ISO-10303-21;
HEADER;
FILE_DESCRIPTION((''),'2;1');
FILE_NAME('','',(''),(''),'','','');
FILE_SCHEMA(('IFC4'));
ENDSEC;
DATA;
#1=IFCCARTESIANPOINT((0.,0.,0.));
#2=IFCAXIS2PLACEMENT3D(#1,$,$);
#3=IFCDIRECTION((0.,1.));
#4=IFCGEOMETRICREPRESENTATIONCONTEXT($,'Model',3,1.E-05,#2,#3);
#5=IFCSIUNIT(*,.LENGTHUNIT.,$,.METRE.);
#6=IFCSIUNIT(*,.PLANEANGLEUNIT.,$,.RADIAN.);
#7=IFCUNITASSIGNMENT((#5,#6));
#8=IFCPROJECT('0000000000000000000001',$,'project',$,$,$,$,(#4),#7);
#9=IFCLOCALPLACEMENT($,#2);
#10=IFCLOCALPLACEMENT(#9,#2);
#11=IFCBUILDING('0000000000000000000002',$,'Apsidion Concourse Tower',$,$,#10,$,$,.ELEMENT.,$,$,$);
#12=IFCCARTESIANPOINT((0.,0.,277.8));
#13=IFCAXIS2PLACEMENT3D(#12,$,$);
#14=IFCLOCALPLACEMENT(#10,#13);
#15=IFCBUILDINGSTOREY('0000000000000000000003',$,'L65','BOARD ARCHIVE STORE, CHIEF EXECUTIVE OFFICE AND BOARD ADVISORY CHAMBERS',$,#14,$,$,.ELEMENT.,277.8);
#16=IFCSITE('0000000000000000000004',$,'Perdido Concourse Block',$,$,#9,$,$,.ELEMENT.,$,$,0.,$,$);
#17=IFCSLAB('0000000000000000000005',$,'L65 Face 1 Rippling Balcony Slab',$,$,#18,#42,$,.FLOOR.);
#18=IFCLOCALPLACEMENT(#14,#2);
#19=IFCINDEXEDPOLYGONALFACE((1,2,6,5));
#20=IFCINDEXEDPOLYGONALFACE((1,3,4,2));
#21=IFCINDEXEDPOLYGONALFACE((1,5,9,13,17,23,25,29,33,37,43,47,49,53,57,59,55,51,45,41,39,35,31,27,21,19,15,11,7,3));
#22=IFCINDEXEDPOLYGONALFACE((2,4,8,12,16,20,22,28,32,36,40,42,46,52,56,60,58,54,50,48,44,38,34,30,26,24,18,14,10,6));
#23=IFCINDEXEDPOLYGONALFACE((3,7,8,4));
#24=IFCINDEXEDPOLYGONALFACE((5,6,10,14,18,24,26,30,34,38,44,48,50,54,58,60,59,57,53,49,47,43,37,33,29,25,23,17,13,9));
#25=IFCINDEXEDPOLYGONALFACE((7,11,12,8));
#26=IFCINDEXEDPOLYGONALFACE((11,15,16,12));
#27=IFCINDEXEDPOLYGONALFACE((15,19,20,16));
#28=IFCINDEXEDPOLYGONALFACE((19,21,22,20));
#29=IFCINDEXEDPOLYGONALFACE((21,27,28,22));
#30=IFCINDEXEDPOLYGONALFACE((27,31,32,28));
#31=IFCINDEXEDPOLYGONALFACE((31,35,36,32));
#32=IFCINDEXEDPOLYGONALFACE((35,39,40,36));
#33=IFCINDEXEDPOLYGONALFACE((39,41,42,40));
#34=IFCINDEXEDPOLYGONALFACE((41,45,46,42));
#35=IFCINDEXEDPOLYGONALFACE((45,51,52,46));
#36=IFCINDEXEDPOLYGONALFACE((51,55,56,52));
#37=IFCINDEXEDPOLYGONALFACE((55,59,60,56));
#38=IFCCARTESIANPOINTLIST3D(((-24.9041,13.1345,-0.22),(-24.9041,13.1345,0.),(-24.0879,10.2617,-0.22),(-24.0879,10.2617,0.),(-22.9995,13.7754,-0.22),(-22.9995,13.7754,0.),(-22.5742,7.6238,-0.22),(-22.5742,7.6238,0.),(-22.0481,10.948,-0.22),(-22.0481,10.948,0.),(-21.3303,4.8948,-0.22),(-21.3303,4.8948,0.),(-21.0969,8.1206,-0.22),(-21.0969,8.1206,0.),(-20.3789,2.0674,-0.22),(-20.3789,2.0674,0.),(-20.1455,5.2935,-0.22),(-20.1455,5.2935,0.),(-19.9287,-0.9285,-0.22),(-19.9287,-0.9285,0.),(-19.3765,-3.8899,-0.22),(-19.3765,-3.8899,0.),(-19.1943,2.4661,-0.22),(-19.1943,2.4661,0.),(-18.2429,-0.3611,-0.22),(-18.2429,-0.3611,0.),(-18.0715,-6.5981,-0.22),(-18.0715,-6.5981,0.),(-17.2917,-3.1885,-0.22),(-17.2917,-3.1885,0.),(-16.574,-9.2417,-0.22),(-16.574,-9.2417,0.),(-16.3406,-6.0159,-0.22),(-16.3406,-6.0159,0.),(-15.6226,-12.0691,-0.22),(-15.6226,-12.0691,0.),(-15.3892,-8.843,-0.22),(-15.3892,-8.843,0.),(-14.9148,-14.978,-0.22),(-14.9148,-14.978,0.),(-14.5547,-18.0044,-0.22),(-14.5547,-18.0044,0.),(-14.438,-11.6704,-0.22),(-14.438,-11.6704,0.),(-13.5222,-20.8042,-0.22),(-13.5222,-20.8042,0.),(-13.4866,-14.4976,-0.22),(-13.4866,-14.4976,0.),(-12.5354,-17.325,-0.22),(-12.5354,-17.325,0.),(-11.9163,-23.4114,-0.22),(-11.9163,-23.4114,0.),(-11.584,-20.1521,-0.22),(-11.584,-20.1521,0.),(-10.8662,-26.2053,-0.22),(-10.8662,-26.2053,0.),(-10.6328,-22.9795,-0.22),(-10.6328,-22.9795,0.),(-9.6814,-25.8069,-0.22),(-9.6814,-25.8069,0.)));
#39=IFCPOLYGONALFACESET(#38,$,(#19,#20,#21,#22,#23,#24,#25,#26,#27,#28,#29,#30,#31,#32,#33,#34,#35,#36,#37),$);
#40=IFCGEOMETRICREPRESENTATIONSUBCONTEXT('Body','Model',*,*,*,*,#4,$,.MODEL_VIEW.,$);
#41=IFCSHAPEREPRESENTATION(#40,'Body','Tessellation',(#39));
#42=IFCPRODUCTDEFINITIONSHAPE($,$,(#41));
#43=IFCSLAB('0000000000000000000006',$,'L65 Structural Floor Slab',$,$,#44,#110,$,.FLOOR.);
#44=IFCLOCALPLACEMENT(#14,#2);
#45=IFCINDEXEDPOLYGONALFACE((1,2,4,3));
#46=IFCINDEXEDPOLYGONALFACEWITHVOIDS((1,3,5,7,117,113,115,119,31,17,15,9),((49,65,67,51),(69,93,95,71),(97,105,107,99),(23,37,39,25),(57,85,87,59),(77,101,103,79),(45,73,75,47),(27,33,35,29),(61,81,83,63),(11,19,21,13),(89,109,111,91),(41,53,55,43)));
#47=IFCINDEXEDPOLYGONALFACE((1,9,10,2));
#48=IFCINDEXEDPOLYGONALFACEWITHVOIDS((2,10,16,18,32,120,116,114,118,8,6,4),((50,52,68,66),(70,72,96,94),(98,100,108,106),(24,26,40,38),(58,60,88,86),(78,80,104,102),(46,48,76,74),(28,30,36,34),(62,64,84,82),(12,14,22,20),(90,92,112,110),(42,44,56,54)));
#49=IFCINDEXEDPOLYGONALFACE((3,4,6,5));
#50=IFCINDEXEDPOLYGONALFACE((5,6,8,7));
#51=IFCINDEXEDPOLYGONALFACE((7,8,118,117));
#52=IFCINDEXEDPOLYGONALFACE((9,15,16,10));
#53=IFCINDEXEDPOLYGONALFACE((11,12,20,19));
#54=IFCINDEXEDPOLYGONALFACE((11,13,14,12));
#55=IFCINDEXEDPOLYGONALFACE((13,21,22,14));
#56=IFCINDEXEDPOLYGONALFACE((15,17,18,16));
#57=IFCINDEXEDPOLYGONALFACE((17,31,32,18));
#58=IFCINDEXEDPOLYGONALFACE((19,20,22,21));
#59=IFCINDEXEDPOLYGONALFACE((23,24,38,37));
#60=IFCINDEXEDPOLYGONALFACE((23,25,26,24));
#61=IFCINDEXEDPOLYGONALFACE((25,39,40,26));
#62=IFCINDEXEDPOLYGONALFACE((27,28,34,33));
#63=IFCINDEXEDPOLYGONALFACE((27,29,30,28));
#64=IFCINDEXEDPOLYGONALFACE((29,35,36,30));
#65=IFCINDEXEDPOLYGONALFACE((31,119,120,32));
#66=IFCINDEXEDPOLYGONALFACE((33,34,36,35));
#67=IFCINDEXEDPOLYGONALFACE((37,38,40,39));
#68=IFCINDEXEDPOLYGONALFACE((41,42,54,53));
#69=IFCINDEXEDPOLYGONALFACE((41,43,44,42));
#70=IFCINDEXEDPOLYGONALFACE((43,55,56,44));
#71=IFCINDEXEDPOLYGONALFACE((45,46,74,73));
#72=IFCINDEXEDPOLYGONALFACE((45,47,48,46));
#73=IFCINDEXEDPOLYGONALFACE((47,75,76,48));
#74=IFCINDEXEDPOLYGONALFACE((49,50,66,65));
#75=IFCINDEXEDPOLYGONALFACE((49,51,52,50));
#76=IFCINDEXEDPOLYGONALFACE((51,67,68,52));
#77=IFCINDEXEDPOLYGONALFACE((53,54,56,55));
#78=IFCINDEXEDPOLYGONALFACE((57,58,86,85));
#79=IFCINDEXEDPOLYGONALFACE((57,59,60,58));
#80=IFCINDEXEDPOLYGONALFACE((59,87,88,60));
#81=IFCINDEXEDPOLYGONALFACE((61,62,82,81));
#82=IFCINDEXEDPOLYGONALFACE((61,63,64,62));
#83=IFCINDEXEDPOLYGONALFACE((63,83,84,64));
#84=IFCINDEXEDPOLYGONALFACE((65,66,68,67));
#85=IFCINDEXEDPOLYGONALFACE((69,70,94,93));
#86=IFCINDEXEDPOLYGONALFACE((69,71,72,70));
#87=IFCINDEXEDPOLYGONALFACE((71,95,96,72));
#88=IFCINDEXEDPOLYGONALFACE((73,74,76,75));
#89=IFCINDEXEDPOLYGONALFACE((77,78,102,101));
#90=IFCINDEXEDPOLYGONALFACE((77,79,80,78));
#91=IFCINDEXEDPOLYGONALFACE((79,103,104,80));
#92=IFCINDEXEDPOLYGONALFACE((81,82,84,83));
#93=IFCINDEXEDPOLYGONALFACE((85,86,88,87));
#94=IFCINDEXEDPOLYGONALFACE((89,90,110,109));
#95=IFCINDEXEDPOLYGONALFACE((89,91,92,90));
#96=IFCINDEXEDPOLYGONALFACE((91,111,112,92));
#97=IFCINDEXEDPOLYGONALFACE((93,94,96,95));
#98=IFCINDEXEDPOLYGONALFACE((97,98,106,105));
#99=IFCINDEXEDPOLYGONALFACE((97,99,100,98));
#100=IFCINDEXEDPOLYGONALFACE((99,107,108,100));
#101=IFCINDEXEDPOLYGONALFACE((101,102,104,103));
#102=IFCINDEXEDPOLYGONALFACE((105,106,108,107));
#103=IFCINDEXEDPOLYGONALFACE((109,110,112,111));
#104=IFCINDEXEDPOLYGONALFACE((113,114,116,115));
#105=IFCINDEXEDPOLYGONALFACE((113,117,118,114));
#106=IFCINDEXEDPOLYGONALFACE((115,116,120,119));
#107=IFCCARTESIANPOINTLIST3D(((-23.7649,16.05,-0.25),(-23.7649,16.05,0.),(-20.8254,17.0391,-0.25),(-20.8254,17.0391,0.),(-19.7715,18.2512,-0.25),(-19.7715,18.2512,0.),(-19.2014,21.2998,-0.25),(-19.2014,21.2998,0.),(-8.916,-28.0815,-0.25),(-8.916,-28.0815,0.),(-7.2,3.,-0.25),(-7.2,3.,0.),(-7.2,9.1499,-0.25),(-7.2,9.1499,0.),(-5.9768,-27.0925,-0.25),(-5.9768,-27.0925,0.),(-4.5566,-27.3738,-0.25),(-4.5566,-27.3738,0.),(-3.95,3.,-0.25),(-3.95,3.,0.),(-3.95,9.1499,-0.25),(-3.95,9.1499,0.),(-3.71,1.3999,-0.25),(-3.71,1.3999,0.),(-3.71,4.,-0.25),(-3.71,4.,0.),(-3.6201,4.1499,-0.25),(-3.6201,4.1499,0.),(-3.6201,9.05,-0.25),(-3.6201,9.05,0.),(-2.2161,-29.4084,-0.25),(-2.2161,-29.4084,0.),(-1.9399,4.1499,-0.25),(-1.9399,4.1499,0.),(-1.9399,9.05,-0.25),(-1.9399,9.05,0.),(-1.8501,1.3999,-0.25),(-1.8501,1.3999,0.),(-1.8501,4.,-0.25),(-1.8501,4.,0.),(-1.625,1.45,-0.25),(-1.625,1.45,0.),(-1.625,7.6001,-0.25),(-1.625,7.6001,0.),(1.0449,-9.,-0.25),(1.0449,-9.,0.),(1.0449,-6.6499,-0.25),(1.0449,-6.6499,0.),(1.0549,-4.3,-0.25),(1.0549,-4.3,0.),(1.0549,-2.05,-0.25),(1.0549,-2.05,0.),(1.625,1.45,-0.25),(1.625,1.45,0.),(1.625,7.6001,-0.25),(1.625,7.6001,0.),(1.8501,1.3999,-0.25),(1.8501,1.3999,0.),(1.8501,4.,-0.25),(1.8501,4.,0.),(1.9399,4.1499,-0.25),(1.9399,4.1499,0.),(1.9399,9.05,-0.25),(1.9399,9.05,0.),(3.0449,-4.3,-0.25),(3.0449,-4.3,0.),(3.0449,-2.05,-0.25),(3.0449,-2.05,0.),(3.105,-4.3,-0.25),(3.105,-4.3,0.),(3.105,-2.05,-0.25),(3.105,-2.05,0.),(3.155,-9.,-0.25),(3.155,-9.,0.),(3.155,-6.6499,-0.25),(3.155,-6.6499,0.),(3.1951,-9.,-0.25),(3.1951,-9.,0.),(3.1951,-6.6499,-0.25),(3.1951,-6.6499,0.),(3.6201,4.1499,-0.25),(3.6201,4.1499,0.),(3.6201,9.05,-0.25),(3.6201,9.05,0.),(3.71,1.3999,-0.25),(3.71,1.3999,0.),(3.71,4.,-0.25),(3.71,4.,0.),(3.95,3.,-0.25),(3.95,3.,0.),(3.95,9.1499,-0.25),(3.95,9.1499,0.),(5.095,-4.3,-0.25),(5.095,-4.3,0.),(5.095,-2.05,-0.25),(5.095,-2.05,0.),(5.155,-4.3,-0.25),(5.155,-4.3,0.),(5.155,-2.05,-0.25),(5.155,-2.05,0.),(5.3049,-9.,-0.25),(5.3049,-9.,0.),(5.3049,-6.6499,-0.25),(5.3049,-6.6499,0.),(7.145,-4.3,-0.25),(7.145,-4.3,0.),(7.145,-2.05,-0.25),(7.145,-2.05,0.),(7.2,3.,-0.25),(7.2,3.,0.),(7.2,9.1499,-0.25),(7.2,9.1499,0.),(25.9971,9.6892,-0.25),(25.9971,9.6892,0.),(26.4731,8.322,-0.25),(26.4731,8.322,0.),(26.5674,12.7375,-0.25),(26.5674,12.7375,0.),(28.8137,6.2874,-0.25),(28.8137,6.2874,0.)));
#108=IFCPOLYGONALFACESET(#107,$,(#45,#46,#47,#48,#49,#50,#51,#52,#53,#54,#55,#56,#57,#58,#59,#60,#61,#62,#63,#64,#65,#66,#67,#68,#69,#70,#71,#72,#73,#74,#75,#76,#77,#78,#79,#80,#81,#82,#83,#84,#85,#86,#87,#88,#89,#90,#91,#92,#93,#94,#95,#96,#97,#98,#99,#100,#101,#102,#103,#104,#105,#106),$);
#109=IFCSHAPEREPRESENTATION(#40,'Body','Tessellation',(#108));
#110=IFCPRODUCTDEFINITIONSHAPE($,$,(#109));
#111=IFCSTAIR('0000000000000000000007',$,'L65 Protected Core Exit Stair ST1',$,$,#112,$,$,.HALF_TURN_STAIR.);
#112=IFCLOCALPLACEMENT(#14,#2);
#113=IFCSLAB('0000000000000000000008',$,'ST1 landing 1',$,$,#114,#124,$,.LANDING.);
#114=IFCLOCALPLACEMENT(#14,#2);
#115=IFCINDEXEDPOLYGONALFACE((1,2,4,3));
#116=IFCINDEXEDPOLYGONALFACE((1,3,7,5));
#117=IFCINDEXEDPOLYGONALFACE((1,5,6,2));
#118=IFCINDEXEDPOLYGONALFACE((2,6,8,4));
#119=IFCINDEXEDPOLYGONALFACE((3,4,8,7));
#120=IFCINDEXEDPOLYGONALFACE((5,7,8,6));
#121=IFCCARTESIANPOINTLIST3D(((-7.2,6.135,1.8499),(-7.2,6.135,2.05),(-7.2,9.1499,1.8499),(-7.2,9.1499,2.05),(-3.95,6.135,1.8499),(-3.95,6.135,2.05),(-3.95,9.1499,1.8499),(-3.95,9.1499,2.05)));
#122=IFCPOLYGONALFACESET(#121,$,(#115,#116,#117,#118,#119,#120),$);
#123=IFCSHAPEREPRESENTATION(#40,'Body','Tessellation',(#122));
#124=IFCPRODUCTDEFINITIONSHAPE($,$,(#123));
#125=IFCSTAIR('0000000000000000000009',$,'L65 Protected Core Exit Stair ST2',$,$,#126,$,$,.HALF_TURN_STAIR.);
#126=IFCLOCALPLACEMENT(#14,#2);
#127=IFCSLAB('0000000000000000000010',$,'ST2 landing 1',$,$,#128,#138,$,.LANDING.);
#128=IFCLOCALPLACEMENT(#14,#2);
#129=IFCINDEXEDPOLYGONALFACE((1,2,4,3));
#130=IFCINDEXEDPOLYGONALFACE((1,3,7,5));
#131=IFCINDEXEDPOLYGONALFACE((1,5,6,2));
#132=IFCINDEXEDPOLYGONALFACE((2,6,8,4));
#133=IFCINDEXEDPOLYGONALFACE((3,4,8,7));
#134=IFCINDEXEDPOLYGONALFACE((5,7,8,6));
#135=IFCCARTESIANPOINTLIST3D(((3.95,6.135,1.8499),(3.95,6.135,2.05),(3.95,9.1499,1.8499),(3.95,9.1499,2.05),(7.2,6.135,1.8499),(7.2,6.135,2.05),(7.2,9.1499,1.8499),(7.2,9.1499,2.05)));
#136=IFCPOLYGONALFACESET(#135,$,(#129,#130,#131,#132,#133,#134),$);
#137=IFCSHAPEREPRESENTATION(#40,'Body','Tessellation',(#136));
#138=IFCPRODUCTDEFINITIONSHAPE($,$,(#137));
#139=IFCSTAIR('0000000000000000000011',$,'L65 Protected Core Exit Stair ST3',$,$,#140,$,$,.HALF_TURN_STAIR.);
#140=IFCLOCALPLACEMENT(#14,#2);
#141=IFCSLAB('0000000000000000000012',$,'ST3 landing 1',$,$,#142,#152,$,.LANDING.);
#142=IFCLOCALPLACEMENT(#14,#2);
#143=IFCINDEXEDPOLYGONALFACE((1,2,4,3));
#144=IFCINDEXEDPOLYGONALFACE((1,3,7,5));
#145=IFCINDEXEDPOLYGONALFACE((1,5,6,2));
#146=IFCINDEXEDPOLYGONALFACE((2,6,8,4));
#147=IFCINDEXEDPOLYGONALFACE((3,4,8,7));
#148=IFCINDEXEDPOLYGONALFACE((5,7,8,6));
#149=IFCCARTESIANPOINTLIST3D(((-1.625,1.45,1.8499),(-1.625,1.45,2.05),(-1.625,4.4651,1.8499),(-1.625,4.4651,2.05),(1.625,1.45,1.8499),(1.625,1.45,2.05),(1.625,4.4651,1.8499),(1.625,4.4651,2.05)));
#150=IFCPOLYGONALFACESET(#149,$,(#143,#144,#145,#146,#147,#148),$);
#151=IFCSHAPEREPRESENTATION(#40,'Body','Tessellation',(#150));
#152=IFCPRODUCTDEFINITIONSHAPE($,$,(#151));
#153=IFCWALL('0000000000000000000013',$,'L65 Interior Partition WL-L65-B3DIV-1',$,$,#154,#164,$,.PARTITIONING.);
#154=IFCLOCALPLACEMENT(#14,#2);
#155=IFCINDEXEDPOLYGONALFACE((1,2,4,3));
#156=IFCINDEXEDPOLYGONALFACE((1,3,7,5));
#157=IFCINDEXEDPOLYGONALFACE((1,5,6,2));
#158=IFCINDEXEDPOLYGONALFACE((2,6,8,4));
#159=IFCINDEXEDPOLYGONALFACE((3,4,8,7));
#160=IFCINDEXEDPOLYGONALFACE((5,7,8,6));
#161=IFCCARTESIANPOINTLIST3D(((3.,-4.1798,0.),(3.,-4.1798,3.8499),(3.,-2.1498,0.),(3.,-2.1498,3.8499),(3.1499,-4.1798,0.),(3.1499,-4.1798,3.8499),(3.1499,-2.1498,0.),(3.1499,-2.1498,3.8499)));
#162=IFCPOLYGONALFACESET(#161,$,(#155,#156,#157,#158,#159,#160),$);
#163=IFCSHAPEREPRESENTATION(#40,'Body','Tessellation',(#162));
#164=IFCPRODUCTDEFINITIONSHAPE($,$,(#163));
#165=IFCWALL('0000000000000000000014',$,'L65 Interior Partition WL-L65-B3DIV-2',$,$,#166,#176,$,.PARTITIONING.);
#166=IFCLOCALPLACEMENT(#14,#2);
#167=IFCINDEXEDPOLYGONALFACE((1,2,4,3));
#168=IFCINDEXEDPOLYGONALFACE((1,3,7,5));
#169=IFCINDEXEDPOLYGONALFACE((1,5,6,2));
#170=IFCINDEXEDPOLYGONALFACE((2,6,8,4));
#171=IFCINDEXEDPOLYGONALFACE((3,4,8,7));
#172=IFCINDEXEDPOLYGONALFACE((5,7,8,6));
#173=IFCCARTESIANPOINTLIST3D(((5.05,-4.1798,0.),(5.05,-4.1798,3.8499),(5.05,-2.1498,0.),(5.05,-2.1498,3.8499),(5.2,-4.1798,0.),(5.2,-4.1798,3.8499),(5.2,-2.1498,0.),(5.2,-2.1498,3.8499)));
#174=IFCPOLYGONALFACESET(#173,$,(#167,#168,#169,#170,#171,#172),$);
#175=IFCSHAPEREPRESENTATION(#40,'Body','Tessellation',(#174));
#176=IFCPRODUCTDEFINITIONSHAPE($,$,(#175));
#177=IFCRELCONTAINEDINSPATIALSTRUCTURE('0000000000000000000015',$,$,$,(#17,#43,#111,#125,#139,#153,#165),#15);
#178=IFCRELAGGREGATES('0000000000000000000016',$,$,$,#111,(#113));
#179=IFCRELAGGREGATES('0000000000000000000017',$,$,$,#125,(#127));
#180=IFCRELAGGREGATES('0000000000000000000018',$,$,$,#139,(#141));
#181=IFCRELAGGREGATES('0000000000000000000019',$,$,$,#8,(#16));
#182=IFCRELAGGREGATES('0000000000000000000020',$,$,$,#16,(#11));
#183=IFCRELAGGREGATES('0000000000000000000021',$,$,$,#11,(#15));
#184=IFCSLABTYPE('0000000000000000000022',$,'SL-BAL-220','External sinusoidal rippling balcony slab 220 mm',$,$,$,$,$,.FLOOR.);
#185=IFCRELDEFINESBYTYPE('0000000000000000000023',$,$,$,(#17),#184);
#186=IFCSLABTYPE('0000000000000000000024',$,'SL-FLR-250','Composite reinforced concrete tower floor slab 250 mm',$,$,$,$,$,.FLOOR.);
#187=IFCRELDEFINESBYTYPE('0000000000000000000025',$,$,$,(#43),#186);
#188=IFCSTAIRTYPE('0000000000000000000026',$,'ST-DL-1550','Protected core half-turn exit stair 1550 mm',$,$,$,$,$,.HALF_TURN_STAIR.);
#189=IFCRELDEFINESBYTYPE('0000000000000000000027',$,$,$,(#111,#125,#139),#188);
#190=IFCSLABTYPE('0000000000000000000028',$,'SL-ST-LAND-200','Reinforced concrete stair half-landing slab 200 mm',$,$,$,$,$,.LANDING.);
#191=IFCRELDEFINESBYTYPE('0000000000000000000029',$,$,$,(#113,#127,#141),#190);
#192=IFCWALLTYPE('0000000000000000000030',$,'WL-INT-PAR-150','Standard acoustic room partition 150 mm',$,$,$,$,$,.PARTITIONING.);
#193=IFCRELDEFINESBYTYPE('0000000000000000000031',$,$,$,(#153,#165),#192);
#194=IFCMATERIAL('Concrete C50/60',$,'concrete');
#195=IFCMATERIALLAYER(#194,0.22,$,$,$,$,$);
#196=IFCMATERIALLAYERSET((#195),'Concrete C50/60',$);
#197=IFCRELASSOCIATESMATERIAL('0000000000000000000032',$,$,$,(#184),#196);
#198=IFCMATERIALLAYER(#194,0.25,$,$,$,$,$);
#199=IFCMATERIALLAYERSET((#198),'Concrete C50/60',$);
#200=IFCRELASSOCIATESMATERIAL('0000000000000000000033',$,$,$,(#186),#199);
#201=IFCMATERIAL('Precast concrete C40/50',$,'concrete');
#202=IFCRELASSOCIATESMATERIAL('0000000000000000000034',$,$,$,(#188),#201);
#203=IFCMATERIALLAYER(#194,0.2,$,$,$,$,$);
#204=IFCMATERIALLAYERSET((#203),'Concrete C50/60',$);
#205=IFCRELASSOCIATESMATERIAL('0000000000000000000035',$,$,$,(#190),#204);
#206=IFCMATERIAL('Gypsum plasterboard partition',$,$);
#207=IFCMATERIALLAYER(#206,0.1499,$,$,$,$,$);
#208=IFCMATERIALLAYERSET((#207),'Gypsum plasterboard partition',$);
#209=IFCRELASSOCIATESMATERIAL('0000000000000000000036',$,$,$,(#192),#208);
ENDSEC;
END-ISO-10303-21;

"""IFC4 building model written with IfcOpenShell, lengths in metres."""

from ifc_helpers import new_model, si_unit, direction, frame, frame_2d, origin, place, context, subcontext, project, spatial, polyline, rectangle, outline, extrude, material, layer, layer_set, type_object, element, aggregate, save


model = new_model("IFC4")

# Units and contexts
model_context = context("Model", 3, precision=1e-05, world=origin(), true_north=direction((0.0, 1.0)))
body_context = subcontext(model_context, "Body", "Model", "MODEL_VIEW")
ifc_project = project(units=[si_unit("LENGTHUNIT", "METRE"), si_unit("PLANEANGLEUNIT", "RADIAN")], contexts=[model_context])

# Site, building, storey
site_placement = place(None, origin())
site = spatial("IfcSite", under=ifc_project, at=site_placement, Name="Perdido Concourse Block", CompositionType="ELEMENT", RefElevation=0.0)
building_placement = place(site_placement, origin())
building = spatial("IfcBuilding", under=site, at=building_placement, Name="Apsidion Concourse Tower", CompositionType="ELEMENT")
storey_placement = place(building_placement, frame((0.0, 0.0, 277.8)))
storey = spatial("IfcBuildingStorey", under=building, at=storey_placement, Name="L65", Description="BOARD ARCHIVE STORE, CHIEF EXECUTIVE OFFICE AND BOARD ADVISORY CHAMBERS", CompositionType="ELEMENT", Elevation=277.8)

# Shared definitions
ifc_material_1 = material(Name="Concrete C50/60", Category="concrete")

# Slabs
ifc_layer_1 = layer(ifc_material_1, 0.22)
ifc_layer_set_1 = layer_set([ifc_layer_1], Name="Concrete C50/60")
slab_type_1 = type_object("IfcSlabType", Name="SL-BAL-220", Description="External sinusoidal rippling balcony slab 220 mm", PredefinedType="FLOOR", material=ifc_layer_set_1)
slab_1_placement = place(storey_placement, frame((0.0, 0.0, -0.22)))
element("IfcSlab", 1, at=slab_1_placement, inside=storey, type_object=slab_type_1, Name="L65 Face 1 Rippling Balcony Slab", PredefinedType="FLOOR", context=body_context, shape_type="SweptSolid", body=[
    extrude(outline(polyline([(-22.9995, 13.7754), (-22.0481, 10.948), (-21.0969, 8.1206), (-20.1455, 5.2935), (-19.1943, 2.4661), (-18.2429, -0.3611), (-17.2917, -3.1885), (-16.3406, -6.0159), (-15.3892, -8.843), (-14.438, -11.6704), (-13.4866, -14.4976), (-12.5354, -17.325), (-11.584, -20.1521), (-10.6328, -22.9795), (-9.6814, -25.8069), (-10.8662, -26.2053), (-11.9163, -23.4114), (-13.5222, -20.8042), (-14.5547, -18.0044), (-14.9148, -14.978), (-15.6226, -12.0691), (-16.574, -9.2417), (-18.0715, -6.5981), (-19.3765, -3.8899), (-19.9287, -0.9285), (-20.3789, 2.0674), (-21.3303, 4.8948), (-22.5742, 7.6238), (-24.0879, 10.2617), (-24.9041, 13.1345), (-22.9995, 13.7754)])), origin(), (0.0, 0.0, 1.0), 0.22),
])
ifc_layer_2 = layer(ifc_material_1, 0.25)
ifc_layer_set_2 = layer_set([ifc_layer_2], Name="Concrete C50/60")
slab_type_2 = type_object("IfcSlabType", Name="SL-FLR-250", Description="Composite reinforced concrete tower floor slab 250 mm", PredefinedType="FLOOR", material=ifc_layer_set_2)
slab_2_placement = place(storey_placement, frame((0.0, 0.0, -0.25)))
element("IfcSlab", 2, at=slab_2_placement, inside=storey, type_object=slab_type_2, Name="L65 Structural Floor Slab", PredefinedType="FLOOR", context=body_context, shape_type="SweptSolid", body=[
    extrude(outline(polyline([(-19.2014, 21.2998), (-19.7715, 18.2512), (-20.8254, 17.0391), (-23.7649, 16.05), (-8.916, -28.0815), (-5.9768, -27.0925), (-4.5566, -27.3738), (-2.2161, -29.4084), (28.8137, 6.2874), (26.4731, 8.322), (25.9971, 9.6892), (26.5674, 12.7375), (-19.2014, 21.2998)]), holes=[polyline([(-3.95, 3.0), (-3.95, 9.1499), (-7.2, 9.1499), (-7.2, 3.0), (-3.95, 3.0)]), polyline([(7.2, 3.0), (7.2, 9.1499), (3.95, 9.1499), (3.95, 3.0), (7.2, 3.0)]), polyline([(-1.625, 7.6001), (-1.625, 1.45), (1.625, 1.45), (1.625, 7.6001), (-1.625, 7.6001)]), polyline([(1.0549, -4.3), (3.0449, -4.3), (3.0449, -2.05), (1.0549, -2.05), (1.0549, -4.3)]), polyline([(3.105, -4.3), (5.095, -4.3), (5.095, -2.05), (3.105, -2.05), (3.105, -4.3)]), polyline([(5.155, -4.3), (7.145, -4.3), (7.145, -2.05), (5.155, -2.05), (5.155, -4.3)]), polyline([(1.0449, -9.0), (3.155, -9.0), (3.155, -6.6499), (1.0449, -6.6499), (1.0449, -9.0)]), polyline([(3.1951, -9.0), (5.3049, -9.0), (5.3049, -6.6499), (3.1951, -6.6499), (3.1951, -9.0)]), polyline([(-3.71, 1.3999), (-1.8501, 1.3999), (-1.8501, 4.0), (-3.71, 4.0), (-3.71, 1.3999)]), polyline([(1.8501, 1.3999), (3.71, 1.3999), (3.71, 4.0), (1.8501, 4.0), (1.8501, 1.3999)]), polyline([(-3.6201, 4.1499), (-1.9399, 4.1499), (-1.9399, 9.05), (-3.6201, 9.05), (-3.6201, 4.1499)]), polyline([(1.9399, 4.1499), (3.6201, 4.1499), (3.6201, 9.05), (1.9399, 9.05), (1.9399, 4.1499)])]), origin(), (0.0, 0.0, 1.0), 0.25),
])

# Stairs, slabs
ifc_material_2 = material(Name="Precast concrete C40/50", Category="concrete")
stair_type = type_object("IfcStairType", Name="ST-DL-1550", Description="Protected core half-turn exit stair 1550 mm", PredefinedType="HALF_TURN_STAIR", material=ifc_material_2)
stair_1_placement = place(storey_placement, origin())
stair_1 = element("IfcStair", 3, at=stair_1_placement, inside=storey, type_object=stair_type, Name="L65 Protected Core Exit Stair ST1", PredefinedType="HALF_TURN_STAIR")
ifc_layer_3 = layer(ifc_material_1, 0.2)
ifc_layer_set_3 = layer_set([ifc_layer_3], Name="Concrete C50/60")
slab_type_3 = type_object("IfcSlabType", Name="SL-ST-LAND-200", Description="Reinforced concrete stair half-landing slab 200 mm", PredefinedType="LANDING", material=ifc_layer_set_3)
slab_3_placement = place(storey_placement, frame((0.0, 0.0, 1.8499)))
slab_3 = element("IfcSlab", 4, at=slab_3_placement, type_object=slab_type_3, Name="ST1 landing 1", PredefinedType="LANDING", context=body_context, shape_type="SweptSolid", body=[
    extrude(outline(polyline([(-3.95, 6.135), (-3.95, 9.1499), (-7.2, 9.1499), (-7.2, 6.135), (-3.95, 6.135)])), origin(), (0.0, 0.0, 1.0), 0.2002),
])
aggregate(stair_1, [slab_3])
stair_2_placement = place(storey_placement, origin())
stair_2 = element("IfcStair", 5, at=stair_2_placement, inside=storey, type_object=stair_type, Name="L65 Protected Core Exit Stair ST2", PredefinedType="HALF_TURN_STAIR")
slab_4_placement = place(storey_placement, frame((0.0, 0.0, 1.8499)))
slab_4 = element("IfcSlab", 6, at=slab_4_placement, type_object=slab_type_3, Name="ST2 landing 1", PredefinedType="LANDING", context=body_context, shape_type="SweptSolid", body=[
    extrude(outline(polyline([(7.2, 6.135), (7.2, 9.1499), (3.95, 9.1499), (3.95, 6.135), (7.2, 6.135)])), origin(), (0.0, 0.0, 1.0), 0.2002),
])
aggregate(stair_2, [slab_4])
stair_3_placement = place(storey_placement, origin())
stair_3 = element("IfcStair", 7, at=stair_3_placement, inside=storey, type_object=stair_type, Name="L65 Protected Core Exit Stair ST3", PredefinedType="HALF_TURN_STAIR")
slab_5_placement = place(storey_placement, frame((0.0, 0.0, 1.8499)))
slab_5 = element("IfcSlab", 8, at=slab_5_placement, type_object=slab_type_3, Name="ST3 landing 1", PredefinedType="LANDING", context=body_context, shape_type="SweptSolid", body=[
    extrude(outline(polyline([(-1.625, 4.4651), (-1.625, 1.45), (1.625, 1.45), (1.625, 4.4651), (-1.625, 4.4651)])), origin(), (0.0, 0.0, 1.0), 0.2002),
])
aggregate(stair_3, [slab_5])

# Walls
ifc_material_3 = material(Name="Gypsum plasterboard partition")
ifc_layer_4 = layer(ifc_material_3, 0.1499)
ifc_layer_set_4 = layer_set([ifc_layer_4], Name="Gypsum plasterboard partition")
wall_type_1 = type_object("IfcWallType", Name="WL-INT-PAR-150", Description="Standard acoustic room partition 150 mm", PredefinedType="PARTITIONING", material=ifc_layer_set_4)
for number, where, z_axis, x_axis, name in (
    (9, (3.075, -4.1799, 0.0), (0.0, 0.0, 1.0), (0.0, 1.0, 0.0), "L65 Interior Partition WL-L65-B3DIV-1"),
    (10, (5.125, -4.1799, 0.0), (0.0, 0.0, 1.0), (0.0, 1.0, 0.0), "L65 Interior Partition WL-L65-B3DIV-2"),
):
    element("IfcWall", number, at=place(storey_placement, frame(where, z_axis=z_axis, x_axis=x_axis)), inside=storey, type_object=wall_type_1, Name=name, PredefinedType="PARTITIONING", context=body_context, shape_type="SweptSolid", body=[
        extrude(rectangle(XDim=2.03, YDim=0.1499, at=frame_2d((1.0151, 0.0))), origin(), (0.0, 0.0, 1.0), 3.8499),
    ])

save(model, "model.ifc")
